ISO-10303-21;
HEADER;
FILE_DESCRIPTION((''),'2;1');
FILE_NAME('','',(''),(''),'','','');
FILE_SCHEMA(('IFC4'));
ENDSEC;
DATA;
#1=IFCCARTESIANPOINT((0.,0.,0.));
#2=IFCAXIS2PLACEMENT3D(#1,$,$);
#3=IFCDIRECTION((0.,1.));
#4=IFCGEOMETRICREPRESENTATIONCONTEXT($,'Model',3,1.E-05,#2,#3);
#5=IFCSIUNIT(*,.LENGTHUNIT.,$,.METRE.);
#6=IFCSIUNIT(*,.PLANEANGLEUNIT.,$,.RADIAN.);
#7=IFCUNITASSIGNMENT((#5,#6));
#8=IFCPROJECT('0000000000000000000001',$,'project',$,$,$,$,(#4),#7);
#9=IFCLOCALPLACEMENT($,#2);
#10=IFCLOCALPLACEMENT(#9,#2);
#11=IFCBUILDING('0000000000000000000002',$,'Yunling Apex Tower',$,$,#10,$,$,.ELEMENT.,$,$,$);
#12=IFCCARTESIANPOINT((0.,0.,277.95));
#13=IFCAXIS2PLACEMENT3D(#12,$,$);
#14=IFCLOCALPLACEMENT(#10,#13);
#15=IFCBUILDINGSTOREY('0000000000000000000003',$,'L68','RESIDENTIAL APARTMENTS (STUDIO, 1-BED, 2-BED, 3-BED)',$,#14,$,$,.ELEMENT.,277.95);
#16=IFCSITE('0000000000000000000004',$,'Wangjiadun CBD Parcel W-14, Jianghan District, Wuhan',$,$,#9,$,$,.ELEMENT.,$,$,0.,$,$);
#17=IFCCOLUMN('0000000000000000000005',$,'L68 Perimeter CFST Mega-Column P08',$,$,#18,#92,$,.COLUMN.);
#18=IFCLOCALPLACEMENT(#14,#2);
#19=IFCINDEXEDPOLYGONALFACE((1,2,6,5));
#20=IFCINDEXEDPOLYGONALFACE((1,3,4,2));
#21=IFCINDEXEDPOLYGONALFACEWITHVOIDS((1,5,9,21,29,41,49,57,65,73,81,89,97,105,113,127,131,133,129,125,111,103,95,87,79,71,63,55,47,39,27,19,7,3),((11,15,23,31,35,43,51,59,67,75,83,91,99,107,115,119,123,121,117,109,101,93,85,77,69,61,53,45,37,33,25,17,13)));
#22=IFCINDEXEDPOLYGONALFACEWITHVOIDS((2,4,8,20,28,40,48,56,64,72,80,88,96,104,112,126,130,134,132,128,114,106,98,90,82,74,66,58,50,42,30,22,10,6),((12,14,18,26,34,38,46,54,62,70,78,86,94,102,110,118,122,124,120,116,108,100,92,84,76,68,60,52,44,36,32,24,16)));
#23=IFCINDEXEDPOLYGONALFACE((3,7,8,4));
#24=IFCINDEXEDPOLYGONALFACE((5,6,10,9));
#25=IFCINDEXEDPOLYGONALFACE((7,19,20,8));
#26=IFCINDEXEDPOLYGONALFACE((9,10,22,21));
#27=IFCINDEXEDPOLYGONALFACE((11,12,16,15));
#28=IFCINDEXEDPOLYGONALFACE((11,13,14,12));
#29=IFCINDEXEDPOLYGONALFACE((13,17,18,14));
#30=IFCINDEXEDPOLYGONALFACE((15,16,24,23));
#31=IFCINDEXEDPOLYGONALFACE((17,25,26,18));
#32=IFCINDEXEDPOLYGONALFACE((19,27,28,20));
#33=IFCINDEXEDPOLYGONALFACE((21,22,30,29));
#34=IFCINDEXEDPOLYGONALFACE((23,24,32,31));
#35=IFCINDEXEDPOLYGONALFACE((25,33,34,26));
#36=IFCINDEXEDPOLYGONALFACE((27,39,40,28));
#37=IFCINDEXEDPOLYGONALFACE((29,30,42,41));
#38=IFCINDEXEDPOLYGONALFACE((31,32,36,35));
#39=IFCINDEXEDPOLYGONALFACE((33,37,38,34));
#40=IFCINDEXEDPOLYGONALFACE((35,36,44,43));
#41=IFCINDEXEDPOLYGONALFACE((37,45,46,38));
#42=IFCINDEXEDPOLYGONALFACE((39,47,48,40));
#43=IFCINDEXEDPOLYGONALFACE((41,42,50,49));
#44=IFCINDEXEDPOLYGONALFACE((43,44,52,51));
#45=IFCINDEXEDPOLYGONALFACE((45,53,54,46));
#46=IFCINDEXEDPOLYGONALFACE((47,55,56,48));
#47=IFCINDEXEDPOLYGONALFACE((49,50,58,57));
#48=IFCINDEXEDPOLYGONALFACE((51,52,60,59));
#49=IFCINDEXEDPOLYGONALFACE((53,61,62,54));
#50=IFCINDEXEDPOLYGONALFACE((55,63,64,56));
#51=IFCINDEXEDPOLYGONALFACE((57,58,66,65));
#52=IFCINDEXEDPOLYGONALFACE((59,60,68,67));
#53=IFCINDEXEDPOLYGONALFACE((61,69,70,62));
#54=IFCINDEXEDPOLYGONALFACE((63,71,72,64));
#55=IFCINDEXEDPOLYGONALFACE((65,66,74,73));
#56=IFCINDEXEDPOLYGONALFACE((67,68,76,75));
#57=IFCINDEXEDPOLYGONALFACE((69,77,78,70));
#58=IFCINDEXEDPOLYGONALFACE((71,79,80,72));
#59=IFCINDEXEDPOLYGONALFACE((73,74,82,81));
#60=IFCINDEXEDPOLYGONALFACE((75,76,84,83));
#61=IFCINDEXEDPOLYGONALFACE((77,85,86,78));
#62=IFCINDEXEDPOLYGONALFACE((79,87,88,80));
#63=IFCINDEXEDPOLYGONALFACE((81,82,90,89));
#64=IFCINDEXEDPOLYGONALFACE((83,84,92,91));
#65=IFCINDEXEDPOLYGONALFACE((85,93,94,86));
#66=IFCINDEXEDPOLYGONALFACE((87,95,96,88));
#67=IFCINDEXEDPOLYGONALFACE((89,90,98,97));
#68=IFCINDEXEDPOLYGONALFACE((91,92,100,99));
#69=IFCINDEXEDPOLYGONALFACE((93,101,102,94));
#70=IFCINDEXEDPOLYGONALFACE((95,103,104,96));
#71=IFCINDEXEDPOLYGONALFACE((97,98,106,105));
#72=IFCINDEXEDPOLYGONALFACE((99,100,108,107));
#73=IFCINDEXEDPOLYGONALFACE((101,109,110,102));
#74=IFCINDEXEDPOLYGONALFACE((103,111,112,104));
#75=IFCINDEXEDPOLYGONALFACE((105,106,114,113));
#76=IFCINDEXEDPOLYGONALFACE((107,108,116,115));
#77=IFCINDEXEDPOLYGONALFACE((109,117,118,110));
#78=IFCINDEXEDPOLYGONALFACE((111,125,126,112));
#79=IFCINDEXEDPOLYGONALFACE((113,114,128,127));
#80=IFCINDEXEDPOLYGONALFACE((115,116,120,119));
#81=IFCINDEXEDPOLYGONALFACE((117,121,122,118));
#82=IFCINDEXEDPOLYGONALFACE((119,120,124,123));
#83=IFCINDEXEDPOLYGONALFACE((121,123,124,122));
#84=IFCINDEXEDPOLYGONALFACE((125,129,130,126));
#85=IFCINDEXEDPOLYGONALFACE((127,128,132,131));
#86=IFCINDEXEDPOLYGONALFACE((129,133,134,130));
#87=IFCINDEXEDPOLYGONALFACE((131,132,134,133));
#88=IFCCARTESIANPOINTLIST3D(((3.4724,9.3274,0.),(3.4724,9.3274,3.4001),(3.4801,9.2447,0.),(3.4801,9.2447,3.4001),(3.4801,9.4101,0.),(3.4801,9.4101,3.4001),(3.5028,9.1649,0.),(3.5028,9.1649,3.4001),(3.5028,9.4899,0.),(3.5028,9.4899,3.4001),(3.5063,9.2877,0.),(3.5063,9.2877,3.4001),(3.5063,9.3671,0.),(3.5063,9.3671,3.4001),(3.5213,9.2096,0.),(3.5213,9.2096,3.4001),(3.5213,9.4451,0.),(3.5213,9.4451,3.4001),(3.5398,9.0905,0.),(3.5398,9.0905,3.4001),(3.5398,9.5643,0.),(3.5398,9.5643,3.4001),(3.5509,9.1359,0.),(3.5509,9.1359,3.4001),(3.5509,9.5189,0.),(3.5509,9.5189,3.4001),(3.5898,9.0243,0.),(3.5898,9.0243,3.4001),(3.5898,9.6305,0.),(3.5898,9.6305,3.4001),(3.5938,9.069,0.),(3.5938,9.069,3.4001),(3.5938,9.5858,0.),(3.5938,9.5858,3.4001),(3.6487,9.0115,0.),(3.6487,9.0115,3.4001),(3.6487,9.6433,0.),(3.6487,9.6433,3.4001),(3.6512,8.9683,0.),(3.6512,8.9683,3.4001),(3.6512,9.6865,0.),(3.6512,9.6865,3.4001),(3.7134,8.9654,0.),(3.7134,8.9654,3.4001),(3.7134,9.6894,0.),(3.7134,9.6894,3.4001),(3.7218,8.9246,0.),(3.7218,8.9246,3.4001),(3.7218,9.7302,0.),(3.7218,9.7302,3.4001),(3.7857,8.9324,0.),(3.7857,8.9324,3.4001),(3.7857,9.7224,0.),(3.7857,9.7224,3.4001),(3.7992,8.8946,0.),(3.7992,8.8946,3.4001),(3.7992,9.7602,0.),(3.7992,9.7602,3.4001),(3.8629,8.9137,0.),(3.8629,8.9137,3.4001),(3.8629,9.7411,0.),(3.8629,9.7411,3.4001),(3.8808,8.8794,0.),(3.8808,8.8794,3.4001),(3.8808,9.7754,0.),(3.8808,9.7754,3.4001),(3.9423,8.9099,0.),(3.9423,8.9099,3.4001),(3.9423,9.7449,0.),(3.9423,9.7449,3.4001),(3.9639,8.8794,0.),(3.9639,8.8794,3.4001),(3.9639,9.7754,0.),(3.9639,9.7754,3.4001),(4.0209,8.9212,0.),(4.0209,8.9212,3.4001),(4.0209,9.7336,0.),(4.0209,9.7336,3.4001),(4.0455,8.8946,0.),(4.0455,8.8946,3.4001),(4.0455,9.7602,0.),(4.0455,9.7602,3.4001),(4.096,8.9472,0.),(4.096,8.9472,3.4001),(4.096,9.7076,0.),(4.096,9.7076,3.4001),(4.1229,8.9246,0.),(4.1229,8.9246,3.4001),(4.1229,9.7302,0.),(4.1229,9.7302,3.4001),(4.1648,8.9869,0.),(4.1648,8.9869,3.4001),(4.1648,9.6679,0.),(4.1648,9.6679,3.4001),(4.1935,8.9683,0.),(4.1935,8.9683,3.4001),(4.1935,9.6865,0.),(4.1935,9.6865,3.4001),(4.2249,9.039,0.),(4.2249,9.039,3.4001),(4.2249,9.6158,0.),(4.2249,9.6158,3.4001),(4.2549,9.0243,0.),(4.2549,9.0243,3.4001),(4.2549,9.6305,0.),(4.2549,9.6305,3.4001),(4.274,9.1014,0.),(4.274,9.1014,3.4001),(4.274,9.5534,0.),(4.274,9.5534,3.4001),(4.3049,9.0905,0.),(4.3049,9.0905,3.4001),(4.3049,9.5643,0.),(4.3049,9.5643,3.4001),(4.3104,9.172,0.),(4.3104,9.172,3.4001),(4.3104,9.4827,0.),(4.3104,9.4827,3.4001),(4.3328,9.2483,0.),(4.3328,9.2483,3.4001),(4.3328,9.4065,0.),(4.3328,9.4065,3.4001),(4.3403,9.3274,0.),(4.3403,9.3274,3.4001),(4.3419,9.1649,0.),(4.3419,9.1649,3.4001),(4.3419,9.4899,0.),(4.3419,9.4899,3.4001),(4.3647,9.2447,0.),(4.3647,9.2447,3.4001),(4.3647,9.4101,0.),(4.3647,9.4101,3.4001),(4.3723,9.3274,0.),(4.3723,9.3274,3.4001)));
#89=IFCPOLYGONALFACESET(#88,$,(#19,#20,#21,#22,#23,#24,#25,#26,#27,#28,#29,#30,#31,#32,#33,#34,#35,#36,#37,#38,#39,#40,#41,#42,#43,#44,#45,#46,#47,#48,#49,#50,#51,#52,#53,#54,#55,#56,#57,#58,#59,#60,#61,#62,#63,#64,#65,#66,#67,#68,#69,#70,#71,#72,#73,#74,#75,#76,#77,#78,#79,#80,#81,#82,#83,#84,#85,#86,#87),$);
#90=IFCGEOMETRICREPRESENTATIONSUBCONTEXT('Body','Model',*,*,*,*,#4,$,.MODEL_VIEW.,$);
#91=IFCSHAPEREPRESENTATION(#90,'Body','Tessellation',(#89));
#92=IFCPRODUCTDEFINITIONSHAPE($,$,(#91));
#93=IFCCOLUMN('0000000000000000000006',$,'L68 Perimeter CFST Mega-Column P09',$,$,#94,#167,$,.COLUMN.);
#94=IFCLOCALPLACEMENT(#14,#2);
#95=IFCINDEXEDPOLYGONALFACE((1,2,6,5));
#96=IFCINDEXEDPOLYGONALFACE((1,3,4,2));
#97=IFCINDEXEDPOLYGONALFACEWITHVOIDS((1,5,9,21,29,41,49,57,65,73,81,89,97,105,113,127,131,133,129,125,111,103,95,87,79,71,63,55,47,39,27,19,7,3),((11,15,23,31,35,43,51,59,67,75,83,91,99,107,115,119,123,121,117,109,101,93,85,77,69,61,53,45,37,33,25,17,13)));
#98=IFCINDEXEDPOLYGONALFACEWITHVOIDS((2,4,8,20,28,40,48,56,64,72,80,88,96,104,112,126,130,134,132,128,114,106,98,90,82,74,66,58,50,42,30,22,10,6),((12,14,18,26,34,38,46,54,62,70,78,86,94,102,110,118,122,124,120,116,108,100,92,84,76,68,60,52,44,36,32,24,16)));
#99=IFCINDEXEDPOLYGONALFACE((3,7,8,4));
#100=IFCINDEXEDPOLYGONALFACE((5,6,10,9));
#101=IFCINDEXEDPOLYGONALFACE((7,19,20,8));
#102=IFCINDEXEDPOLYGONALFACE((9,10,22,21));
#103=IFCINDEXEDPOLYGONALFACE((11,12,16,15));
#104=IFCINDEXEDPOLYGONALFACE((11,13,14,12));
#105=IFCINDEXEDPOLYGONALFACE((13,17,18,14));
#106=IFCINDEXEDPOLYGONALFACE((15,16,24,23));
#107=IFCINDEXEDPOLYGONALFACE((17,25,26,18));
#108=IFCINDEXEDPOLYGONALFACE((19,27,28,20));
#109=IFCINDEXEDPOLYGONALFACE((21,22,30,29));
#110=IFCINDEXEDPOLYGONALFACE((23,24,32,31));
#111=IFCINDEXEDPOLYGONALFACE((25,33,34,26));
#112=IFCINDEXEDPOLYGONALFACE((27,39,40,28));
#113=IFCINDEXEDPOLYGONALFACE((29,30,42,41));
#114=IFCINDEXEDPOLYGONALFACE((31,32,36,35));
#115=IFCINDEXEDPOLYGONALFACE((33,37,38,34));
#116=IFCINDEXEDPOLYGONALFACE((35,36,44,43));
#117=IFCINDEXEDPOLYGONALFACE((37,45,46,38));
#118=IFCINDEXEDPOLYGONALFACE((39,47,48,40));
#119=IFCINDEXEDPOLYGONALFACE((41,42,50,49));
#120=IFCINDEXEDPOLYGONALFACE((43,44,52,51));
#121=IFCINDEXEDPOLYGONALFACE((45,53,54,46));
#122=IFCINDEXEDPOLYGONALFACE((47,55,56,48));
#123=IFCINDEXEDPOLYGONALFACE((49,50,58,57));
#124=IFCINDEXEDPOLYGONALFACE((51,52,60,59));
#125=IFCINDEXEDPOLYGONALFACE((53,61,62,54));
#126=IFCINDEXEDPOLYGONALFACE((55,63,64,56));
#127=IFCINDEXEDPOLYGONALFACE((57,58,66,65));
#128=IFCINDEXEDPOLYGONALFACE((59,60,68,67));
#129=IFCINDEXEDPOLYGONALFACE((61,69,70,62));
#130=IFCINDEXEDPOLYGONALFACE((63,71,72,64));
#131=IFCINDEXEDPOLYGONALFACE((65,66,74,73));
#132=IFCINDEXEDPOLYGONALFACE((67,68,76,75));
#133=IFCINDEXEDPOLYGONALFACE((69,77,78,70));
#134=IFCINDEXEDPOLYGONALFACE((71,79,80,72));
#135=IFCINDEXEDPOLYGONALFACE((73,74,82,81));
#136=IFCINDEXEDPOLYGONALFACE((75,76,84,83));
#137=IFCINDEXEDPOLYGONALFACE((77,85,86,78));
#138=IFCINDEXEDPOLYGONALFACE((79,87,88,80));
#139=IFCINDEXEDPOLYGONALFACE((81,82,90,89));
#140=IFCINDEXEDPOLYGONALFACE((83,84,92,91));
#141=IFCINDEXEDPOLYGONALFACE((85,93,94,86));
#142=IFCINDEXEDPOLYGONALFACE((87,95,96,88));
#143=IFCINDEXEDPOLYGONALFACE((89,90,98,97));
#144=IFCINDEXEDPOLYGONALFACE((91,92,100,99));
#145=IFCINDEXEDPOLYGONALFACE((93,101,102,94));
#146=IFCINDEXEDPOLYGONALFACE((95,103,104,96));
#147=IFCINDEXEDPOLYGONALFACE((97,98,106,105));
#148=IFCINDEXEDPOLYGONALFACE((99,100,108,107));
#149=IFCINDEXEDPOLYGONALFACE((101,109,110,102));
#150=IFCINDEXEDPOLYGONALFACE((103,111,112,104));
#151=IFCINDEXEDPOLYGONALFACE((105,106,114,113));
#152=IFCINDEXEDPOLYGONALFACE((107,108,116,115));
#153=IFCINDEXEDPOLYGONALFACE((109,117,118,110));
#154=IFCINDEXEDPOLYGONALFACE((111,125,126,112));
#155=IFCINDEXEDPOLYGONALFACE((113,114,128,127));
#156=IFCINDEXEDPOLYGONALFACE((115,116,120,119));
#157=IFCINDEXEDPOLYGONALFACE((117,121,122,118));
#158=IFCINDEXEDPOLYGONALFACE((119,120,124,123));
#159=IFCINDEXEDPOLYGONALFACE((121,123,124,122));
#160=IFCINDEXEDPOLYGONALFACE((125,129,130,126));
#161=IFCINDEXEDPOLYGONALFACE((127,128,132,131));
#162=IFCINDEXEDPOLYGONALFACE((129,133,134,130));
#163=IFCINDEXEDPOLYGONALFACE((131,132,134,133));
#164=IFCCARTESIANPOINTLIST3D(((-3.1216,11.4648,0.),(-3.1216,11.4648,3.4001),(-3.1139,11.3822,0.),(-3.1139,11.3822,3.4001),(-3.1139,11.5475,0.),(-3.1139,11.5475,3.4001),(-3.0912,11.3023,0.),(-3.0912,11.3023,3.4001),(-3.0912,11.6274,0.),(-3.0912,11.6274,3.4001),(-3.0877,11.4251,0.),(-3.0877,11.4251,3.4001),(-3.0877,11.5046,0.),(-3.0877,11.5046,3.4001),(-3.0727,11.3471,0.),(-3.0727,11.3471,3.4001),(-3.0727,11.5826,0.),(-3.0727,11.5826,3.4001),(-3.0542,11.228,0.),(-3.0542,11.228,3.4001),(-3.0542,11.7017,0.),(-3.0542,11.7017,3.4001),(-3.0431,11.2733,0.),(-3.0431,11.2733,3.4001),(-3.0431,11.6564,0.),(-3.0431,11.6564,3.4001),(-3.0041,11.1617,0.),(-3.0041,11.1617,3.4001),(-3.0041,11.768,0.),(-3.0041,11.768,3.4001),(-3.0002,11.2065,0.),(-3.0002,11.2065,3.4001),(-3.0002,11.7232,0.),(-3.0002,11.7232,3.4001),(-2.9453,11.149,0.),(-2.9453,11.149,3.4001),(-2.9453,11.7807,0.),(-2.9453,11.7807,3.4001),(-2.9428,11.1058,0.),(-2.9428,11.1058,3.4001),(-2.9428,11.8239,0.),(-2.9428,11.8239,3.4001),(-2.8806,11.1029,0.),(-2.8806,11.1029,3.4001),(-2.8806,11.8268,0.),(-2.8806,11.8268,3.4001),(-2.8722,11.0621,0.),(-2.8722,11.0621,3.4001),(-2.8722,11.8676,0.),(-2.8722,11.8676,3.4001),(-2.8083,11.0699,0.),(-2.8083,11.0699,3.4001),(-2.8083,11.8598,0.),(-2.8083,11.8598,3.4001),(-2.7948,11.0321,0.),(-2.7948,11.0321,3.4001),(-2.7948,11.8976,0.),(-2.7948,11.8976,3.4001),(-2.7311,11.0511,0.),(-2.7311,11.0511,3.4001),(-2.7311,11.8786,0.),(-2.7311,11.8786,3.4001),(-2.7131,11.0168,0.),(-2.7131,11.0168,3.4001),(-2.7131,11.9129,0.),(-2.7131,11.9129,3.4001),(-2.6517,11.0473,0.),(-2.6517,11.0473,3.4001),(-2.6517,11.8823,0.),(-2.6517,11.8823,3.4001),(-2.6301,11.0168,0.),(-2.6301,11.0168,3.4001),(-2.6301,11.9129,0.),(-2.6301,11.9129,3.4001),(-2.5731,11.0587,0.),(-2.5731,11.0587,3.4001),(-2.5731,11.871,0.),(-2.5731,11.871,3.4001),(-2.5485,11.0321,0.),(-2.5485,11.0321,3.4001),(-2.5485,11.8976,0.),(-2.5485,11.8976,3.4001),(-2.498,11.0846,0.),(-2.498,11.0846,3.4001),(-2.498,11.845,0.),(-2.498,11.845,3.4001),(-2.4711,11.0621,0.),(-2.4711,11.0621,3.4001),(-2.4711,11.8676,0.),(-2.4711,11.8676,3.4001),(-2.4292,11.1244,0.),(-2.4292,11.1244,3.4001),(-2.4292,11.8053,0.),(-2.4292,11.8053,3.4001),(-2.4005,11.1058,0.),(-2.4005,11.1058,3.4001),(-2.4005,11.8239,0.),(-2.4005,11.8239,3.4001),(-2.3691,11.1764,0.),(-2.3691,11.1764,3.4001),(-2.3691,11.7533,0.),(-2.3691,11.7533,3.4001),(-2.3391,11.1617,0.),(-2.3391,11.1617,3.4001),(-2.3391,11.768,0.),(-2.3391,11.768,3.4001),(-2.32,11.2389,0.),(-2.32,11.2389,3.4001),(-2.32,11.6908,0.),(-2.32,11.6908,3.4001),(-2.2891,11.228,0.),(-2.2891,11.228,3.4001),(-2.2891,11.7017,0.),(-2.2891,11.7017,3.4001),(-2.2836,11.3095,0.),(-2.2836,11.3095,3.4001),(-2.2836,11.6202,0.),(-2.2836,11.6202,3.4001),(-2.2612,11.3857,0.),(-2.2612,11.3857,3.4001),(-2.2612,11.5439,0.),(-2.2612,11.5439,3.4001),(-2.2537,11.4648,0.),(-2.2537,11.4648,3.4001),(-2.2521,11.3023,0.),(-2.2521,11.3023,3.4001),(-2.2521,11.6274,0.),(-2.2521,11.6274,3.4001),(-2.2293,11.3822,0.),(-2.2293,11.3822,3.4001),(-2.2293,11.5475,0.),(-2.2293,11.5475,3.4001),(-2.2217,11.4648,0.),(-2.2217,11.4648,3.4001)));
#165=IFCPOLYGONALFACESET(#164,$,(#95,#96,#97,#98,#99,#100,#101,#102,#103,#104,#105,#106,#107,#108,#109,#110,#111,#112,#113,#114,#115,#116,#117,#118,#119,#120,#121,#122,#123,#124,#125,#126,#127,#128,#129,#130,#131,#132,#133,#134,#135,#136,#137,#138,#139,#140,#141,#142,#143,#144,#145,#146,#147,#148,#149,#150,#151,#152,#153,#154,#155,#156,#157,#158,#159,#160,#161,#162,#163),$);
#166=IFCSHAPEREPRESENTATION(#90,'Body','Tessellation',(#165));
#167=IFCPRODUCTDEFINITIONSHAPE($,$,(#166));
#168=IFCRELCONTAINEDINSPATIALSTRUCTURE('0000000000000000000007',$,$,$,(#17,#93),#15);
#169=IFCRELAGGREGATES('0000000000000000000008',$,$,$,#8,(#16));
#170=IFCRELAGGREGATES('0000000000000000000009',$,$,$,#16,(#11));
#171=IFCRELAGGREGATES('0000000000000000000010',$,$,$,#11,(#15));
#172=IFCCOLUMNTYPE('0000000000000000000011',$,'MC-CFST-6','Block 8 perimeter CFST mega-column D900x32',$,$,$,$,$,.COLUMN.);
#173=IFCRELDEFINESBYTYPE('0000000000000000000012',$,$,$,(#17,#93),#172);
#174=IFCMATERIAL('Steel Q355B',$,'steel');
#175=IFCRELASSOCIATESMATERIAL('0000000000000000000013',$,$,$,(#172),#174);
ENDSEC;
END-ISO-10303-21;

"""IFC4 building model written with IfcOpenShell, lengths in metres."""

from ifc_helpers import new_model, si_unit, direction, frame, origin, origin_2d, place, context, subcontext, project, spatial, hollow_circle, extrude, source, transform, mapped, material, material_profile, profile_set, type_object, element, save


model = new_model("IFC4")

# Units and contexts
model_context = context("Model", 3, precision=1e-05, world=origin(), true_north=direction((0.0, 1.0)))
body_context = subcontext(model_context, "Body", "Model", "MODEL_VIEW")
ifc_project = project(units=[si_unit("LENGTHUNIT", "METRE"), si_unit("PLANEANGLEUNIT", "RADIAN")], contexts=[model_context])

# Site, building, storey
site_placement = place(None, origin())
site = spatial("IfcSite", under=ifc_project, at=site_placement, Name="Wangjiadun CBD Parcel W-14, Jianghan District, Wuhan", CompositionType="ELEMENT", RefElevation=0.0)
building_placement = place(site_placement, origin())
building = spatial("IfcBuilding", under=site, at=building_placement, Name="Yunling Apex Tower", CompositionType="ELEMENT")
storey_placement = place(building_placement, frame((0.0, 0.0, 277.95)))
storey = spatial("IfcBuildingStorey", under=building, at=storey_placement, Name="L68", Description="RESIDENTIAL APARTMENTS (STUDIO, 1-BED, 2-BED, 3-BED)", CompositionType="ELEMENT", Elevation=277.95)

# Columns
ifc_material_1 = material(Name="Steel Q355B", Category="steel")
ifc_material_profile_1 = material_profile(ifc_material_1, hollow_circle(Radius=0.45, WallThickness=0.032, at=origin_2d()))
ifc_profile_set_1 = profile_set([ifc_material_profile_1], Name="Steel Q355B")
column_type = type_object("IfcColumnType", Name="MC-CFST-6", Description="Block 8 perimeter CFST mega-column D900x32", PredefinedType="COLUMN", material=ifc_profile_set_1)
shared_shape_1 = source(origin(), body_context, "Body", "SweptSolid", [
    extrude(hollow_circle(Radius=0.45, WallThickness=0.032, at=origin_2d()), origin(), (0.0, 0.0, 1.0), 3.4001),
])
for number, where, z_axis, x_axis, name in (
    (1, (3.9224, 9.3274, 0.0), (0.0, 0.0, 1.0), (1.0, 0.0, 0.0), "L68 Perimeter CFST Mega-Column P08"),
    (2, (-2.6716, 11.4648, 0.0), (0.0, 0.0, 1.0), (1.0, 0.0, 0.0), "L68 Perimeter CFST Mega-Column P09"),
):
    element("IfcColumn", number, at=place(storey_placement, frame(where, z_axis=z_axis, x_axis=x_axis)), inside=storey, type_object=column_type, Name=name, PredefinedType="COLUMN", context=body_context, shape_type="MappedRepresentation", body=[
        mapped(shared_shape_1, transform((0.0, 0.0, 0.0), scale=1.0)),
    ])

save(model, "model.ifc")
